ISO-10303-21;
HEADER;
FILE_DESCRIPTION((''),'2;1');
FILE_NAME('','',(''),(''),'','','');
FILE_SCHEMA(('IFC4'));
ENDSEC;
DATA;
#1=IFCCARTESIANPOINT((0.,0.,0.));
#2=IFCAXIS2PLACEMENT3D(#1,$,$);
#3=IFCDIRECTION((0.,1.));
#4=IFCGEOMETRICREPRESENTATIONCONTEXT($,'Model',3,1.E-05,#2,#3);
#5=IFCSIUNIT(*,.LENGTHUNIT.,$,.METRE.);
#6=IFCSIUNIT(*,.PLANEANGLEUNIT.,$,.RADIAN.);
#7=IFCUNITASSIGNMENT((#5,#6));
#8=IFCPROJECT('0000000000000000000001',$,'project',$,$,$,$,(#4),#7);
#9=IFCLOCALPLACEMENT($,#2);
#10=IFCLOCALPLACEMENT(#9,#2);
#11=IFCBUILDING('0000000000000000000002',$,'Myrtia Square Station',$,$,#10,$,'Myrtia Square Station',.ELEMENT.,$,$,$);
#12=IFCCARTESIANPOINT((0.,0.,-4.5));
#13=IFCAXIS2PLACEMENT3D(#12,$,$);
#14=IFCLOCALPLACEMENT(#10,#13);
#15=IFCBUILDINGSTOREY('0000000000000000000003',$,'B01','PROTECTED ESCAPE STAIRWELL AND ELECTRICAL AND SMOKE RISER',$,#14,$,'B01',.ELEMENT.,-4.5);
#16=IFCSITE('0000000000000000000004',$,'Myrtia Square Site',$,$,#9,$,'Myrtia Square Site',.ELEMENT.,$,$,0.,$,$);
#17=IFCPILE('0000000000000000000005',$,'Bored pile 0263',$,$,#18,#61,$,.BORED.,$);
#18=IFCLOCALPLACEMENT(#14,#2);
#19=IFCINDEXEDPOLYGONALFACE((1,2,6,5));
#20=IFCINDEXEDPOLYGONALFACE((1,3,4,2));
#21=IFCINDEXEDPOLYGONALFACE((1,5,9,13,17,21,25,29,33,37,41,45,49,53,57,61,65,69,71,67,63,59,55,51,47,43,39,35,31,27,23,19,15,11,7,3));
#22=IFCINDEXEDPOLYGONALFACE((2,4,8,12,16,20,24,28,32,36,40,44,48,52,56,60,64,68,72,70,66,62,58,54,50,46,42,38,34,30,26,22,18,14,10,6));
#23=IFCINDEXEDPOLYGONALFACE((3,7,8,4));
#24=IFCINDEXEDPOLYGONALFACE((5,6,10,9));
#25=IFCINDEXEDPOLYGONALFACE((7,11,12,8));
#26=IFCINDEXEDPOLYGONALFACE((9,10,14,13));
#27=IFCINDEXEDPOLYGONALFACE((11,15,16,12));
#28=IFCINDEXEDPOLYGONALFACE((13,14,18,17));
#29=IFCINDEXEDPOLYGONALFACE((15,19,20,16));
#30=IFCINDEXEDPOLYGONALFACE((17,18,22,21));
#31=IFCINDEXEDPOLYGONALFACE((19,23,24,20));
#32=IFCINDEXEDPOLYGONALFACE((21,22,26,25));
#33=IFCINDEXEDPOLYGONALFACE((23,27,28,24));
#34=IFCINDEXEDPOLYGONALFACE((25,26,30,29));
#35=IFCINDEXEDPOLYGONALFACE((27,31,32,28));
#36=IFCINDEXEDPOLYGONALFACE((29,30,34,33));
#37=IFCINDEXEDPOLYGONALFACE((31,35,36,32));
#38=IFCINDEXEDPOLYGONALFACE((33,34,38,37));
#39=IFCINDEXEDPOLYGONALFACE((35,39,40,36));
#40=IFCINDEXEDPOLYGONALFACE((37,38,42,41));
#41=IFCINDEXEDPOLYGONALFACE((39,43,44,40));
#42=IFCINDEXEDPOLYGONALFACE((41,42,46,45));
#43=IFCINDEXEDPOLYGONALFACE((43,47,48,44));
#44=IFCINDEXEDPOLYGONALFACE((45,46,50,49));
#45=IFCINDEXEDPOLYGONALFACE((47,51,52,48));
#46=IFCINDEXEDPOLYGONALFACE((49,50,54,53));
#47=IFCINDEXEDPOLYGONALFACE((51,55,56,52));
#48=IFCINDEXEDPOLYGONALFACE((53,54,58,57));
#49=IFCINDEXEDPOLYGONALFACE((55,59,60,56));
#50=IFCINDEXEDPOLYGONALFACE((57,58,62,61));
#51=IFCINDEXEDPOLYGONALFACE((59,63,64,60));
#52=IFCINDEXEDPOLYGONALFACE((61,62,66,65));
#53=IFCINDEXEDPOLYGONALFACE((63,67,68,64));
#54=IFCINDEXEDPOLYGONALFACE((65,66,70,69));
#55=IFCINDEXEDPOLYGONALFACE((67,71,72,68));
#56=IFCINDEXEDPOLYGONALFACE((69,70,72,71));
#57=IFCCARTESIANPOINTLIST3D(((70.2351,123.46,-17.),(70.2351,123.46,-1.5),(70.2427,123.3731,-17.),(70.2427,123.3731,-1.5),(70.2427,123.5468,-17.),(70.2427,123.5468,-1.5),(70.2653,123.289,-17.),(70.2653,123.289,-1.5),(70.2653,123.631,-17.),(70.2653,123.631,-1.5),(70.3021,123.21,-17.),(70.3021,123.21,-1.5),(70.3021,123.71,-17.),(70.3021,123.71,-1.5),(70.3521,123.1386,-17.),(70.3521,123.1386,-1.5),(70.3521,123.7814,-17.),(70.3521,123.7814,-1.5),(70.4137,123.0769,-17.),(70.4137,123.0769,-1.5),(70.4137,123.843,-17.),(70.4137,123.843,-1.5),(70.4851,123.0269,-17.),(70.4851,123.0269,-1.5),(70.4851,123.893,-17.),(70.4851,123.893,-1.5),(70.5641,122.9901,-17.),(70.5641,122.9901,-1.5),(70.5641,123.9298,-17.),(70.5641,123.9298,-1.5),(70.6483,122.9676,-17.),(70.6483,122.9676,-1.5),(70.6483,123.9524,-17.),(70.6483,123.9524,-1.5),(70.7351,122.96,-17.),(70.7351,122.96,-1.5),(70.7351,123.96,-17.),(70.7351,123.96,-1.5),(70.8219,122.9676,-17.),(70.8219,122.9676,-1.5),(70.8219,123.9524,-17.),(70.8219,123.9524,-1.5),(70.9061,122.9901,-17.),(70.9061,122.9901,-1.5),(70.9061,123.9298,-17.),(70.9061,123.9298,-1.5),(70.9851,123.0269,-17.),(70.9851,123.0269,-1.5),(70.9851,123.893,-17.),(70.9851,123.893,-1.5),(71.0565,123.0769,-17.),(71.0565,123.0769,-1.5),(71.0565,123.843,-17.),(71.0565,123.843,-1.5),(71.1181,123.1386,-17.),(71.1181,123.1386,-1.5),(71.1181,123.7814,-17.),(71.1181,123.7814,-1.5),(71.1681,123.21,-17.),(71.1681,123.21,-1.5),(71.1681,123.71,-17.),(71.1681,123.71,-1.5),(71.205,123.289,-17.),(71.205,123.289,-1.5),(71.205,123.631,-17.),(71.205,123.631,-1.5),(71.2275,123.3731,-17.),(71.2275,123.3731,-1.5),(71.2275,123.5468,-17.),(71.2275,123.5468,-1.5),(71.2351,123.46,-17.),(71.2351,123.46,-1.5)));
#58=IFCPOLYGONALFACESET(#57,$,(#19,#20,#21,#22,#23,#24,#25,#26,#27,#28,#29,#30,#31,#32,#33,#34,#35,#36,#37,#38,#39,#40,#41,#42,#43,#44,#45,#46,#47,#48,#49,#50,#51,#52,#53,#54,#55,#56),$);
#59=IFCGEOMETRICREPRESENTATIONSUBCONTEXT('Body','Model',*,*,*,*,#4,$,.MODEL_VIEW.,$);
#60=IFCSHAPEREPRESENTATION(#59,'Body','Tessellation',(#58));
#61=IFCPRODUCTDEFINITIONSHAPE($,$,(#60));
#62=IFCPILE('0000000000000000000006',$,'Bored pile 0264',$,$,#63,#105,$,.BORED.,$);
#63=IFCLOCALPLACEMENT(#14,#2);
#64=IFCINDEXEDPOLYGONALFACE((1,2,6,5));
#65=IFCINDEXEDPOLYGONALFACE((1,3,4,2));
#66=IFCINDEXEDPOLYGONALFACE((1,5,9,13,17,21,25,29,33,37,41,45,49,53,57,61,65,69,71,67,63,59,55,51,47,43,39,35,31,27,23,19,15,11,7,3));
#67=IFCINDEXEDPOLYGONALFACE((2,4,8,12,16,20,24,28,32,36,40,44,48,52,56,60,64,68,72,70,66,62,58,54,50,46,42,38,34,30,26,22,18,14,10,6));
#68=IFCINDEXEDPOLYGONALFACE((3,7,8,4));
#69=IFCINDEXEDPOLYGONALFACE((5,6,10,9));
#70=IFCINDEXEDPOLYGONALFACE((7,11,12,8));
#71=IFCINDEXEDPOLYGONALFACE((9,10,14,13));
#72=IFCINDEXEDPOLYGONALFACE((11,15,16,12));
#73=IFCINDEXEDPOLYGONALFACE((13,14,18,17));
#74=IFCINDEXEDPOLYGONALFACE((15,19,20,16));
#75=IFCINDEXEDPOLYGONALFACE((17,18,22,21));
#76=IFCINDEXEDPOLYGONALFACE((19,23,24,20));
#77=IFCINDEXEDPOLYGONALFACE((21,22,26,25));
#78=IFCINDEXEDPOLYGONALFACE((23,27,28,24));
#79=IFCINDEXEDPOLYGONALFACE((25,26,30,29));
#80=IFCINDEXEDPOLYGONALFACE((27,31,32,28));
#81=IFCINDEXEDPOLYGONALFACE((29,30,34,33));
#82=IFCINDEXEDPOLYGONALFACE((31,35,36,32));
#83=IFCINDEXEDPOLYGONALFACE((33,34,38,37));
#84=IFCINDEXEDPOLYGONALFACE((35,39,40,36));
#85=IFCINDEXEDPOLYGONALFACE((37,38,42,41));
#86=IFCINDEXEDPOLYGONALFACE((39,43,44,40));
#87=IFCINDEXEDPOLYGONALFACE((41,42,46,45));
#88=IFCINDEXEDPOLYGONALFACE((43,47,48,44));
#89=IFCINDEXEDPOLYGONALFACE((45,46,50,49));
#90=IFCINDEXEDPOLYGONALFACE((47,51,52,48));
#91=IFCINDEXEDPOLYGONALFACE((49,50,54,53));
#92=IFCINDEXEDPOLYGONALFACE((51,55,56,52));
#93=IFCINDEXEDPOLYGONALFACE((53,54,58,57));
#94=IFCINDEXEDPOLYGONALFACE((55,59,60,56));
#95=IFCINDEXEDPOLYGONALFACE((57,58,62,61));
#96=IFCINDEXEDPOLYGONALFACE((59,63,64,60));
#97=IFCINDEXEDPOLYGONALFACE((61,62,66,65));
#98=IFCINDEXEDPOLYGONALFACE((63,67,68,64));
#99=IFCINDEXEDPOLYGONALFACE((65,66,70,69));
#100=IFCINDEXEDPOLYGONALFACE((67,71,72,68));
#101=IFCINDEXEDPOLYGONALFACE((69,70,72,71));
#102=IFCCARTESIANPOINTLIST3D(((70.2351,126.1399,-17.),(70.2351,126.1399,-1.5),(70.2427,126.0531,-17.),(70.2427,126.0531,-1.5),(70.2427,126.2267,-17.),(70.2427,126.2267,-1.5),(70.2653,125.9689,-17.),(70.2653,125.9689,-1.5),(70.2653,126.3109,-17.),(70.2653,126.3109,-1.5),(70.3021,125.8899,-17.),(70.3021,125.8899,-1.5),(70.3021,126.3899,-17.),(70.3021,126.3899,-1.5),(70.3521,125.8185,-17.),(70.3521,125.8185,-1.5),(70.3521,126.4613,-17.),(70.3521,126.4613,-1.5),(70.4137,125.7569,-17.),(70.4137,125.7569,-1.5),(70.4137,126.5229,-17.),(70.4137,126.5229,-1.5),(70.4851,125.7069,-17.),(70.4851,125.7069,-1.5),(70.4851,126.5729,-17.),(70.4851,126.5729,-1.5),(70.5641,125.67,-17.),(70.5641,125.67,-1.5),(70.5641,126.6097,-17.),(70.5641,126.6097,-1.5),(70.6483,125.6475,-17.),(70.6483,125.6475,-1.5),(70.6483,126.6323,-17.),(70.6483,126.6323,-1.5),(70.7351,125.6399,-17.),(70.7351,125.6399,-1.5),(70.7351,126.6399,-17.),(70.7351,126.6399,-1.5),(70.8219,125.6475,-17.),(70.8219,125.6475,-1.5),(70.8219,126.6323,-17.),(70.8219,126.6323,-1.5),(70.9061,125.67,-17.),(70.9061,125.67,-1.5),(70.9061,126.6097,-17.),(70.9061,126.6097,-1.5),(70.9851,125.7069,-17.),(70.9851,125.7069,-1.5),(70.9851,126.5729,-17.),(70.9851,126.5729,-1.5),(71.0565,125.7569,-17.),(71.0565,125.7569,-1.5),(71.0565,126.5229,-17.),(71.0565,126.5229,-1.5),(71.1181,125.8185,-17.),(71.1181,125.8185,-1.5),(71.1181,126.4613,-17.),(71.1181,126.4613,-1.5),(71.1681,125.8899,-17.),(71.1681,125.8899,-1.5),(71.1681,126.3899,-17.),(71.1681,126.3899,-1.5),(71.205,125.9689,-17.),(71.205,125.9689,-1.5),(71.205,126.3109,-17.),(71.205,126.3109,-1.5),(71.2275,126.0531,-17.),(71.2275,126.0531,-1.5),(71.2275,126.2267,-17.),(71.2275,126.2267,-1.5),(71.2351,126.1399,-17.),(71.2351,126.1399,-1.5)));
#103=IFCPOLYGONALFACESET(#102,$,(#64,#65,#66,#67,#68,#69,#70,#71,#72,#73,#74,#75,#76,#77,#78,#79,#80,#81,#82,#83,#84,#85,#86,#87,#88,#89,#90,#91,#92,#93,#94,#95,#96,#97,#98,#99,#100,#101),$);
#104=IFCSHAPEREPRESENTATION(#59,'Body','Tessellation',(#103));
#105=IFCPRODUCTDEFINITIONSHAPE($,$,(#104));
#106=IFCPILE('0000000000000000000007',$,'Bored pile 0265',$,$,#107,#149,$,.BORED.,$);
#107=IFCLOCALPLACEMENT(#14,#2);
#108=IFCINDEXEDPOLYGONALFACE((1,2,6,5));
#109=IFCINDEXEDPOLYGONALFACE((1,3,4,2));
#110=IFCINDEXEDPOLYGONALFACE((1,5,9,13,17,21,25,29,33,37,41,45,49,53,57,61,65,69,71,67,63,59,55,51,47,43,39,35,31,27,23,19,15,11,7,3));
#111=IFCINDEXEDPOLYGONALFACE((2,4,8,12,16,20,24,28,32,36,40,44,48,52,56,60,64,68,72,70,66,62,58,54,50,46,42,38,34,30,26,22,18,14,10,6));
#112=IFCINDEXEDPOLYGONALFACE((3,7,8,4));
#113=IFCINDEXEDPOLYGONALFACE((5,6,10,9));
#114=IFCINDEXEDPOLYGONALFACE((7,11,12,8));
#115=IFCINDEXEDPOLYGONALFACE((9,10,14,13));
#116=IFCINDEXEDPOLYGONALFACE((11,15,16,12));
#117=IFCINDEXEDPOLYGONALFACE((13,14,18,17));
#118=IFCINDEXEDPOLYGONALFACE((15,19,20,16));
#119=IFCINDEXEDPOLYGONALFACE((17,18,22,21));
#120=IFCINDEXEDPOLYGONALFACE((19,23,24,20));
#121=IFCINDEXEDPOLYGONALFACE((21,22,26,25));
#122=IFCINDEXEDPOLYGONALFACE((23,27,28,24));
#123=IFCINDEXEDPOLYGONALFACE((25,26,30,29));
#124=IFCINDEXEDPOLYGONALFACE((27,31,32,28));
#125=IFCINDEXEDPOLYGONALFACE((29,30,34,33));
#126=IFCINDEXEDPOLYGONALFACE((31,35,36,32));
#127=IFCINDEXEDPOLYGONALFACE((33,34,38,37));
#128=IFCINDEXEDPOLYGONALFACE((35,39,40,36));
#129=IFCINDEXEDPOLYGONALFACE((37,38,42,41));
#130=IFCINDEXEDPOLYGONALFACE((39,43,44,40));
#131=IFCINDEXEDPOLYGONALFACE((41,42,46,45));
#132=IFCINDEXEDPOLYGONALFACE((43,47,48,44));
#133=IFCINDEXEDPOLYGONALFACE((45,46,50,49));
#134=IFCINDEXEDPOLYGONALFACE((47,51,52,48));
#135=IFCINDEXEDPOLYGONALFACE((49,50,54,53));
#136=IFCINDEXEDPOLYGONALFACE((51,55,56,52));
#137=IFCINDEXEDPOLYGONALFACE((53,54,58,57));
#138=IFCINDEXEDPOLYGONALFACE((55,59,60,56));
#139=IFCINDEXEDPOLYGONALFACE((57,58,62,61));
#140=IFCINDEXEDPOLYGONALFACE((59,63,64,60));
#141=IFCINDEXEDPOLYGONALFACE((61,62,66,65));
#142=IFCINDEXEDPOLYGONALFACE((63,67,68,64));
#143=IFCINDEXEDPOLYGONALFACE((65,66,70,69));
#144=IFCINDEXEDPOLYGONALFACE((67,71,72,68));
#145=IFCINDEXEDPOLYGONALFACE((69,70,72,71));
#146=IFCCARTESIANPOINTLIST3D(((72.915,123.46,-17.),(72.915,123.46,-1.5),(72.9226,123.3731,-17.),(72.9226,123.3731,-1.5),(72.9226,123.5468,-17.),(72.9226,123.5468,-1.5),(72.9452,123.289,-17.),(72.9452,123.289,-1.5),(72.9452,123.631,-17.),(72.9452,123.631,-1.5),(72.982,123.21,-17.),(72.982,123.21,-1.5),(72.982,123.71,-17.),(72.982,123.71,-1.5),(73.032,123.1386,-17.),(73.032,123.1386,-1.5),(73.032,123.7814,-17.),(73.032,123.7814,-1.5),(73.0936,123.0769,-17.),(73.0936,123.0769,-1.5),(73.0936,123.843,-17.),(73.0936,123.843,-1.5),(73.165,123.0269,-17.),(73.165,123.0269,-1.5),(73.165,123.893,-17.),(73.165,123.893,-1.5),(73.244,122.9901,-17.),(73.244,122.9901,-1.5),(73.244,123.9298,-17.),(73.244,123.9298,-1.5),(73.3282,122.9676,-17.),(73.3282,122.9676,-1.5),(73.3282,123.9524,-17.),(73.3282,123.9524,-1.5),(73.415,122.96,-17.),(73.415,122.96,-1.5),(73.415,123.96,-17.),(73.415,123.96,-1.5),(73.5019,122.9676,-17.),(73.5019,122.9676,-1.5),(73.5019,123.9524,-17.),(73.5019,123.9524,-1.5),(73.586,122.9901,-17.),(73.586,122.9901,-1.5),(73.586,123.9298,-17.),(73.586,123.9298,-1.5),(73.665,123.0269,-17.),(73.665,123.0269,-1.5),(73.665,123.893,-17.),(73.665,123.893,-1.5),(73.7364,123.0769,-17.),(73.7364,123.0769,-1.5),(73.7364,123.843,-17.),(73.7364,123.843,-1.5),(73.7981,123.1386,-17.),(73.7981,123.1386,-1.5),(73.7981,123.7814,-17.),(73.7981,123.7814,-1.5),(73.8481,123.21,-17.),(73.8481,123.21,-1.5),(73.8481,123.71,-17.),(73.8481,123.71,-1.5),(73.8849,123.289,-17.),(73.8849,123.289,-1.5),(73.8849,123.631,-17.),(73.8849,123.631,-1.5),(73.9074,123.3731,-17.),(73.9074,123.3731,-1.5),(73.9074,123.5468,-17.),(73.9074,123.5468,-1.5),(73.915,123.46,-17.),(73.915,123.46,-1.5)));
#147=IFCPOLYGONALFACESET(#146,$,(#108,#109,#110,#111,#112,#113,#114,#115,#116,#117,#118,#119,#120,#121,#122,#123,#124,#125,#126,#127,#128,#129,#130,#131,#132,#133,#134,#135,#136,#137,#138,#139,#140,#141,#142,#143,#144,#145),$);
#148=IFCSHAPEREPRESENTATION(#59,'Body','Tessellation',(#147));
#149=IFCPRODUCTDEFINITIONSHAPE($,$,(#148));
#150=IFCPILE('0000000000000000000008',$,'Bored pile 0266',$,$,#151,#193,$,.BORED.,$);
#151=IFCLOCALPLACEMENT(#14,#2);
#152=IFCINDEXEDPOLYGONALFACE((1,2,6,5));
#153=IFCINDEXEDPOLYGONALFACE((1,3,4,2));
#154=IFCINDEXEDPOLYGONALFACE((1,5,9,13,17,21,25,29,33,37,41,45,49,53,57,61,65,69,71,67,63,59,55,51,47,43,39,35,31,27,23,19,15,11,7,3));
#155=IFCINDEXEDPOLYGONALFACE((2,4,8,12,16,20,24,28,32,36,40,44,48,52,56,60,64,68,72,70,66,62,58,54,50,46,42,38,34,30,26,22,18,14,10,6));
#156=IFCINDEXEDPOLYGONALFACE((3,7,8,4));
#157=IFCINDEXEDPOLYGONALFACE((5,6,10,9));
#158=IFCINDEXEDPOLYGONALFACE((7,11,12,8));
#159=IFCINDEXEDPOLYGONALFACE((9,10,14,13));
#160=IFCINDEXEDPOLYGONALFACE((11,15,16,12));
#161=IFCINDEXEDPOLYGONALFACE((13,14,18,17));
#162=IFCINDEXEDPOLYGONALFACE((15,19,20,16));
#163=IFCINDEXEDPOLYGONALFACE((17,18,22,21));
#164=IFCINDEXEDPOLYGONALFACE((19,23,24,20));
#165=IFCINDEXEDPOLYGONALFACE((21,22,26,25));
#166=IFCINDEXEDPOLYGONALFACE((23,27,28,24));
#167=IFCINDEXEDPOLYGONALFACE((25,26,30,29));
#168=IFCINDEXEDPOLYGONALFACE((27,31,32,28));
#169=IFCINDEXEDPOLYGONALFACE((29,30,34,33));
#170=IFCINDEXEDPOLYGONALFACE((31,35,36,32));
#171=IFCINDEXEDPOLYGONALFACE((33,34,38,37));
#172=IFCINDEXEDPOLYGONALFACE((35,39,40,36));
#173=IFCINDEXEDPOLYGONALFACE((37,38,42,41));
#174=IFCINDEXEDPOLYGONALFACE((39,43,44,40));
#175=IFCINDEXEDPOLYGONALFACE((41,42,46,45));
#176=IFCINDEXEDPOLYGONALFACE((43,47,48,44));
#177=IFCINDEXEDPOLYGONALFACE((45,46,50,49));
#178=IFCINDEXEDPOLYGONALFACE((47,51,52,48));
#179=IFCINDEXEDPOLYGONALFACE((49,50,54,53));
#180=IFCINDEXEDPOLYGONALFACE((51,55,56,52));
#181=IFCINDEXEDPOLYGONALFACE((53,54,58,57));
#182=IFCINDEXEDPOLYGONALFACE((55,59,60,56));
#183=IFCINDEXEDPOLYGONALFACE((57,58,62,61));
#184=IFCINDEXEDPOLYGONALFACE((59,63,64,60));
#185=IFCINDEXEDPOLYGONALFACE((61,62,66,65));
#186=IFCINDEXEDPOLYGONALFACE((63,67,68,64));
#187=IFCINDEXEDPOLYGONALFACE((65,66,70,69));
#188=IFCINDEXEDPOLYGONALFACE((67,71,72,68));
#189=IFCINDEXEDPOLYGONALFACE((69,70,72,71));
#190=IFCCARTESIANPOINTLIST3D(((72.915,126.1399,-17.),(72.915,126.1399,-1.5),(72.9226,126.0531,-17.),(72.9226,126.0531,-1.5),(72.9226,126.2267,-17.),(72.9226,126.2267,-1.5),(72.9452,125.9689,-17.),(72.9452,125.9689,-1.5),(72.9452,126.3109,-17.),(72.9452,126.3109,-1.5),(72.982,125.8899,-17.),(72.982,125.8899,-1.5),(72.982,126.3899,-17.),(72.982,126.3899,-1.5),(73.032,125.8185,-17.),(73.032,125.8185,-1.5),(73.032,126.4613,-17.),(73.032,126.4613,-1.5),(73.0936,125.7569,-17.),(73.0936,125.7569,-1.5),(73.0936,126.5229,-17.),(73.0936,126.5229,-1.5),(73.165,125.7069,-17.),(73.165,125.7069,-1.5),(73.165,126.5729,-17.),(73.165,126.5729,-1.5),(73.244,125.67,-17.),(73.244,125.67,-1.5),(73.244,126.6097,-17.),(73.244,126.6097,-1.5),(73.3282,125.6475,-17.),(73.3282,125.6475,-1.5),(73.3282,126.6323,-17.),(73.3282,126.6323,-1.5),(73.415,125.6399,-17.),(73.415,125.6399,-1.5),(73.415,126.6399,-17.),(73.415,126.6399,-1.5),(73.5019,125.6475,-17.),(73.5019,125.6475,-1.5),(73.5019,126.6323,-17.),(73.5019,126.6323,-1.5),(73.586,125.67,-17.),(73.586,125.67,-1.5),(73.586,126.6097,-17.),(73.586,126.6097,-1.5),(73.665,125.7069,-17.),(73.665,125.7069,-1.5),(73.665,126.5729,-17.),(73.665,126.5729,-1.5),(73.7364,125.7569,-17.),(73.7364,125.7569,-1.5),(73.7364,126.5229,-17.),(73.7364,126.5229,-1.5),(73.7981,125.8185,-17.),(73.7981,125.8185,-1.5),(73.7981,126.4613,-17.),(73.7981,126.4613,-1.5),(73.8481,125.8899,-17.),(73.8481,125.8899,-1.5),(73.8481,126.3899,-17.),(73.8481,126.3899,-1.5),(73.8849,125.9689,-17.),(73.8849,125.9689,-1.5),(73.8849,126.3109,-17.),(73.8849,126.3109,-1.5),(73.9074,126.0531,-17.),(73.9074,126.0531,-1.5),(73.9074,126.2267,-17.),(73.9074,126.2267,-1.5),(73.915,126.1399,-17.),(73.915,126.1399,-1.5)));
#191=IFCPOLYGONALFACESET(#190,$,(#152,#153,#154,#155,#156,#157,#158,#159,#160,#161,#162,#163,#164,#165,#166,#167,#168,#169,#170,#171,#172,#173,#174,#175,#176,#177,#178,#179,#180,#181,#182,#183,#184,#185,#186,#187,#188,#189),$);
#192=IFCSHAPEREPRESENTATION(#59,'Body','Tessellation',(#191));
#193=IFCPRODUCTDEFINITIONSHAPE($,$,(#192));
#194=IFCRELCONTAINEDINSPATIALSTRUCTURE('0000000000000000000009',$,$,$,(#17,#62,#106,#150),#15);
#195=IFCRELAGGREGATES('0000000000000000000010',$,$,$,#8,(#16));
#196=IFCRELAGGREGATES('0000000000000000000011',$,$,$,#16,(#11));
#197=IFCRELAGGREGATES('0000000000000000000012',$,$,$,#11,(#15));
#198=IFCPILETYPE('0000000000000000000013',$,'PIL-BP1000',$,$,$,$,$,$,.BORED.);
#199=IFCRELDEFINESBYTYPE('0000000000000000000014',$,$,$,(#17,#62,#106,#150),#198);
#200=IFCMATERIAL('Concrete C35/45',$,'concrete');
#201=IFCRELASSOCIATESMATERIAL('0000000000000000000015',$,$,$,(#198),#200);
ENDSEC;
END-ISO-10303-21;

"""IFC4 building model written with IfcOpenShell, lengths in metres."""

from ifc_helpers import new_model, si_unit, direction, frame, origin, origin_2d, place, context, subcontext, project, spatial, circle, extrude, material, material_profile, profile_set, type_object, element, save


model = new_model("IFC4")

# Units and contexts
model_context = context("Model", 3, precision=1e-05, world=origin(), true_north=direction((0.0, 1.0)))
body_context = subcontext(model_context, "Body", "Model", "MODEL_VIEW")
ifc_project = project(units=[si_unit("LENGTHUNIT", "METRE"), si_unit("PLANEANGLEUNIT", "RADIAN")], contexts=[model_context])

# Site, building, storey
site_placement = place(None, origin())
site = spatial("IfcSite", under=ifc_project, at=site_placement, Name="Myrtia Square Site", LongName="Myrtia Square Site", CompositionType="ELEMENT", RefElevation=0.0)
building_placement = place(site_placement, origin())
building = spatial("IfcBuilding", under=site, at=building_placement, Name="Myrtia Square Station", LongName="Myrtia Square Station", CompositionType="ELEMENT")
storey_placement = place(building_placement, frame((0.0, 0.0, -4.5)))
storey = spatial("IfcBuildingStorey", under=building, at=storey_placement, Name="B01", Description="PROTECTED ESCAPE STAIRWELL AND ELECTRICAL AND SMOKE RISER", LongName="B01", CompositionType="ELEMENT", Elevation=-4.5)

# Shared definitions
ifc_material_1 = material(Name="Concrete C35/45", Category="concrete")

# Piles
ifc_material_profile_1 = material_profile(ifc_material_1, circle(Radius=0.5, at=origin_2d()), Name="BP D1000")
ifc_profile_set_1 = profile_set([ifc_material_profile_1], Name="Concrete C35/45")
pile_type_1 = type_object("IfcPileType", Name="PIL-BP1000", PredefinedType="BORED", material=ifc_profile_set_1)
for number, where, z_axis, x_axis, name in (
    (1, (70.7351, 123.46, -1.5), (0.0, 0.0, -1.0), (1.0, 0.0, 0.0), "Bored pile 0263"),
    (2, (70.7351, 126.1399, -1.5), (0.0, 0.0, -1.0), (1.0, 0.0, 0.0), "Bored pile 0264"),
    (3, (73.415, 123.46, -1.5), (0.0, 0.0, -1.0), (1.0, 0.0, 0.0), "Bored pile 0265"),
    (4, (73.415, 126.1399, -1.5), (0.0, 0.0, -1.0), (1.0, 0.0, 0.0), "Bored pile 0266"),
):
    element("IfcPile", number, at=place(storey_placement, frame(where, z_axis=z_axis, x_axis=x_axis)), inside=storey, type_object=pile_type_1, Name=name, PredefinedType="BORED", context=body_context, shape_type="SweptSolid", body=[
        extrude(circle(Radius=0.5, at=origin_2d()), origin(), (0.0, 0.0, 1.0), 15.5),
    ])

save(model, "model.ifc")
